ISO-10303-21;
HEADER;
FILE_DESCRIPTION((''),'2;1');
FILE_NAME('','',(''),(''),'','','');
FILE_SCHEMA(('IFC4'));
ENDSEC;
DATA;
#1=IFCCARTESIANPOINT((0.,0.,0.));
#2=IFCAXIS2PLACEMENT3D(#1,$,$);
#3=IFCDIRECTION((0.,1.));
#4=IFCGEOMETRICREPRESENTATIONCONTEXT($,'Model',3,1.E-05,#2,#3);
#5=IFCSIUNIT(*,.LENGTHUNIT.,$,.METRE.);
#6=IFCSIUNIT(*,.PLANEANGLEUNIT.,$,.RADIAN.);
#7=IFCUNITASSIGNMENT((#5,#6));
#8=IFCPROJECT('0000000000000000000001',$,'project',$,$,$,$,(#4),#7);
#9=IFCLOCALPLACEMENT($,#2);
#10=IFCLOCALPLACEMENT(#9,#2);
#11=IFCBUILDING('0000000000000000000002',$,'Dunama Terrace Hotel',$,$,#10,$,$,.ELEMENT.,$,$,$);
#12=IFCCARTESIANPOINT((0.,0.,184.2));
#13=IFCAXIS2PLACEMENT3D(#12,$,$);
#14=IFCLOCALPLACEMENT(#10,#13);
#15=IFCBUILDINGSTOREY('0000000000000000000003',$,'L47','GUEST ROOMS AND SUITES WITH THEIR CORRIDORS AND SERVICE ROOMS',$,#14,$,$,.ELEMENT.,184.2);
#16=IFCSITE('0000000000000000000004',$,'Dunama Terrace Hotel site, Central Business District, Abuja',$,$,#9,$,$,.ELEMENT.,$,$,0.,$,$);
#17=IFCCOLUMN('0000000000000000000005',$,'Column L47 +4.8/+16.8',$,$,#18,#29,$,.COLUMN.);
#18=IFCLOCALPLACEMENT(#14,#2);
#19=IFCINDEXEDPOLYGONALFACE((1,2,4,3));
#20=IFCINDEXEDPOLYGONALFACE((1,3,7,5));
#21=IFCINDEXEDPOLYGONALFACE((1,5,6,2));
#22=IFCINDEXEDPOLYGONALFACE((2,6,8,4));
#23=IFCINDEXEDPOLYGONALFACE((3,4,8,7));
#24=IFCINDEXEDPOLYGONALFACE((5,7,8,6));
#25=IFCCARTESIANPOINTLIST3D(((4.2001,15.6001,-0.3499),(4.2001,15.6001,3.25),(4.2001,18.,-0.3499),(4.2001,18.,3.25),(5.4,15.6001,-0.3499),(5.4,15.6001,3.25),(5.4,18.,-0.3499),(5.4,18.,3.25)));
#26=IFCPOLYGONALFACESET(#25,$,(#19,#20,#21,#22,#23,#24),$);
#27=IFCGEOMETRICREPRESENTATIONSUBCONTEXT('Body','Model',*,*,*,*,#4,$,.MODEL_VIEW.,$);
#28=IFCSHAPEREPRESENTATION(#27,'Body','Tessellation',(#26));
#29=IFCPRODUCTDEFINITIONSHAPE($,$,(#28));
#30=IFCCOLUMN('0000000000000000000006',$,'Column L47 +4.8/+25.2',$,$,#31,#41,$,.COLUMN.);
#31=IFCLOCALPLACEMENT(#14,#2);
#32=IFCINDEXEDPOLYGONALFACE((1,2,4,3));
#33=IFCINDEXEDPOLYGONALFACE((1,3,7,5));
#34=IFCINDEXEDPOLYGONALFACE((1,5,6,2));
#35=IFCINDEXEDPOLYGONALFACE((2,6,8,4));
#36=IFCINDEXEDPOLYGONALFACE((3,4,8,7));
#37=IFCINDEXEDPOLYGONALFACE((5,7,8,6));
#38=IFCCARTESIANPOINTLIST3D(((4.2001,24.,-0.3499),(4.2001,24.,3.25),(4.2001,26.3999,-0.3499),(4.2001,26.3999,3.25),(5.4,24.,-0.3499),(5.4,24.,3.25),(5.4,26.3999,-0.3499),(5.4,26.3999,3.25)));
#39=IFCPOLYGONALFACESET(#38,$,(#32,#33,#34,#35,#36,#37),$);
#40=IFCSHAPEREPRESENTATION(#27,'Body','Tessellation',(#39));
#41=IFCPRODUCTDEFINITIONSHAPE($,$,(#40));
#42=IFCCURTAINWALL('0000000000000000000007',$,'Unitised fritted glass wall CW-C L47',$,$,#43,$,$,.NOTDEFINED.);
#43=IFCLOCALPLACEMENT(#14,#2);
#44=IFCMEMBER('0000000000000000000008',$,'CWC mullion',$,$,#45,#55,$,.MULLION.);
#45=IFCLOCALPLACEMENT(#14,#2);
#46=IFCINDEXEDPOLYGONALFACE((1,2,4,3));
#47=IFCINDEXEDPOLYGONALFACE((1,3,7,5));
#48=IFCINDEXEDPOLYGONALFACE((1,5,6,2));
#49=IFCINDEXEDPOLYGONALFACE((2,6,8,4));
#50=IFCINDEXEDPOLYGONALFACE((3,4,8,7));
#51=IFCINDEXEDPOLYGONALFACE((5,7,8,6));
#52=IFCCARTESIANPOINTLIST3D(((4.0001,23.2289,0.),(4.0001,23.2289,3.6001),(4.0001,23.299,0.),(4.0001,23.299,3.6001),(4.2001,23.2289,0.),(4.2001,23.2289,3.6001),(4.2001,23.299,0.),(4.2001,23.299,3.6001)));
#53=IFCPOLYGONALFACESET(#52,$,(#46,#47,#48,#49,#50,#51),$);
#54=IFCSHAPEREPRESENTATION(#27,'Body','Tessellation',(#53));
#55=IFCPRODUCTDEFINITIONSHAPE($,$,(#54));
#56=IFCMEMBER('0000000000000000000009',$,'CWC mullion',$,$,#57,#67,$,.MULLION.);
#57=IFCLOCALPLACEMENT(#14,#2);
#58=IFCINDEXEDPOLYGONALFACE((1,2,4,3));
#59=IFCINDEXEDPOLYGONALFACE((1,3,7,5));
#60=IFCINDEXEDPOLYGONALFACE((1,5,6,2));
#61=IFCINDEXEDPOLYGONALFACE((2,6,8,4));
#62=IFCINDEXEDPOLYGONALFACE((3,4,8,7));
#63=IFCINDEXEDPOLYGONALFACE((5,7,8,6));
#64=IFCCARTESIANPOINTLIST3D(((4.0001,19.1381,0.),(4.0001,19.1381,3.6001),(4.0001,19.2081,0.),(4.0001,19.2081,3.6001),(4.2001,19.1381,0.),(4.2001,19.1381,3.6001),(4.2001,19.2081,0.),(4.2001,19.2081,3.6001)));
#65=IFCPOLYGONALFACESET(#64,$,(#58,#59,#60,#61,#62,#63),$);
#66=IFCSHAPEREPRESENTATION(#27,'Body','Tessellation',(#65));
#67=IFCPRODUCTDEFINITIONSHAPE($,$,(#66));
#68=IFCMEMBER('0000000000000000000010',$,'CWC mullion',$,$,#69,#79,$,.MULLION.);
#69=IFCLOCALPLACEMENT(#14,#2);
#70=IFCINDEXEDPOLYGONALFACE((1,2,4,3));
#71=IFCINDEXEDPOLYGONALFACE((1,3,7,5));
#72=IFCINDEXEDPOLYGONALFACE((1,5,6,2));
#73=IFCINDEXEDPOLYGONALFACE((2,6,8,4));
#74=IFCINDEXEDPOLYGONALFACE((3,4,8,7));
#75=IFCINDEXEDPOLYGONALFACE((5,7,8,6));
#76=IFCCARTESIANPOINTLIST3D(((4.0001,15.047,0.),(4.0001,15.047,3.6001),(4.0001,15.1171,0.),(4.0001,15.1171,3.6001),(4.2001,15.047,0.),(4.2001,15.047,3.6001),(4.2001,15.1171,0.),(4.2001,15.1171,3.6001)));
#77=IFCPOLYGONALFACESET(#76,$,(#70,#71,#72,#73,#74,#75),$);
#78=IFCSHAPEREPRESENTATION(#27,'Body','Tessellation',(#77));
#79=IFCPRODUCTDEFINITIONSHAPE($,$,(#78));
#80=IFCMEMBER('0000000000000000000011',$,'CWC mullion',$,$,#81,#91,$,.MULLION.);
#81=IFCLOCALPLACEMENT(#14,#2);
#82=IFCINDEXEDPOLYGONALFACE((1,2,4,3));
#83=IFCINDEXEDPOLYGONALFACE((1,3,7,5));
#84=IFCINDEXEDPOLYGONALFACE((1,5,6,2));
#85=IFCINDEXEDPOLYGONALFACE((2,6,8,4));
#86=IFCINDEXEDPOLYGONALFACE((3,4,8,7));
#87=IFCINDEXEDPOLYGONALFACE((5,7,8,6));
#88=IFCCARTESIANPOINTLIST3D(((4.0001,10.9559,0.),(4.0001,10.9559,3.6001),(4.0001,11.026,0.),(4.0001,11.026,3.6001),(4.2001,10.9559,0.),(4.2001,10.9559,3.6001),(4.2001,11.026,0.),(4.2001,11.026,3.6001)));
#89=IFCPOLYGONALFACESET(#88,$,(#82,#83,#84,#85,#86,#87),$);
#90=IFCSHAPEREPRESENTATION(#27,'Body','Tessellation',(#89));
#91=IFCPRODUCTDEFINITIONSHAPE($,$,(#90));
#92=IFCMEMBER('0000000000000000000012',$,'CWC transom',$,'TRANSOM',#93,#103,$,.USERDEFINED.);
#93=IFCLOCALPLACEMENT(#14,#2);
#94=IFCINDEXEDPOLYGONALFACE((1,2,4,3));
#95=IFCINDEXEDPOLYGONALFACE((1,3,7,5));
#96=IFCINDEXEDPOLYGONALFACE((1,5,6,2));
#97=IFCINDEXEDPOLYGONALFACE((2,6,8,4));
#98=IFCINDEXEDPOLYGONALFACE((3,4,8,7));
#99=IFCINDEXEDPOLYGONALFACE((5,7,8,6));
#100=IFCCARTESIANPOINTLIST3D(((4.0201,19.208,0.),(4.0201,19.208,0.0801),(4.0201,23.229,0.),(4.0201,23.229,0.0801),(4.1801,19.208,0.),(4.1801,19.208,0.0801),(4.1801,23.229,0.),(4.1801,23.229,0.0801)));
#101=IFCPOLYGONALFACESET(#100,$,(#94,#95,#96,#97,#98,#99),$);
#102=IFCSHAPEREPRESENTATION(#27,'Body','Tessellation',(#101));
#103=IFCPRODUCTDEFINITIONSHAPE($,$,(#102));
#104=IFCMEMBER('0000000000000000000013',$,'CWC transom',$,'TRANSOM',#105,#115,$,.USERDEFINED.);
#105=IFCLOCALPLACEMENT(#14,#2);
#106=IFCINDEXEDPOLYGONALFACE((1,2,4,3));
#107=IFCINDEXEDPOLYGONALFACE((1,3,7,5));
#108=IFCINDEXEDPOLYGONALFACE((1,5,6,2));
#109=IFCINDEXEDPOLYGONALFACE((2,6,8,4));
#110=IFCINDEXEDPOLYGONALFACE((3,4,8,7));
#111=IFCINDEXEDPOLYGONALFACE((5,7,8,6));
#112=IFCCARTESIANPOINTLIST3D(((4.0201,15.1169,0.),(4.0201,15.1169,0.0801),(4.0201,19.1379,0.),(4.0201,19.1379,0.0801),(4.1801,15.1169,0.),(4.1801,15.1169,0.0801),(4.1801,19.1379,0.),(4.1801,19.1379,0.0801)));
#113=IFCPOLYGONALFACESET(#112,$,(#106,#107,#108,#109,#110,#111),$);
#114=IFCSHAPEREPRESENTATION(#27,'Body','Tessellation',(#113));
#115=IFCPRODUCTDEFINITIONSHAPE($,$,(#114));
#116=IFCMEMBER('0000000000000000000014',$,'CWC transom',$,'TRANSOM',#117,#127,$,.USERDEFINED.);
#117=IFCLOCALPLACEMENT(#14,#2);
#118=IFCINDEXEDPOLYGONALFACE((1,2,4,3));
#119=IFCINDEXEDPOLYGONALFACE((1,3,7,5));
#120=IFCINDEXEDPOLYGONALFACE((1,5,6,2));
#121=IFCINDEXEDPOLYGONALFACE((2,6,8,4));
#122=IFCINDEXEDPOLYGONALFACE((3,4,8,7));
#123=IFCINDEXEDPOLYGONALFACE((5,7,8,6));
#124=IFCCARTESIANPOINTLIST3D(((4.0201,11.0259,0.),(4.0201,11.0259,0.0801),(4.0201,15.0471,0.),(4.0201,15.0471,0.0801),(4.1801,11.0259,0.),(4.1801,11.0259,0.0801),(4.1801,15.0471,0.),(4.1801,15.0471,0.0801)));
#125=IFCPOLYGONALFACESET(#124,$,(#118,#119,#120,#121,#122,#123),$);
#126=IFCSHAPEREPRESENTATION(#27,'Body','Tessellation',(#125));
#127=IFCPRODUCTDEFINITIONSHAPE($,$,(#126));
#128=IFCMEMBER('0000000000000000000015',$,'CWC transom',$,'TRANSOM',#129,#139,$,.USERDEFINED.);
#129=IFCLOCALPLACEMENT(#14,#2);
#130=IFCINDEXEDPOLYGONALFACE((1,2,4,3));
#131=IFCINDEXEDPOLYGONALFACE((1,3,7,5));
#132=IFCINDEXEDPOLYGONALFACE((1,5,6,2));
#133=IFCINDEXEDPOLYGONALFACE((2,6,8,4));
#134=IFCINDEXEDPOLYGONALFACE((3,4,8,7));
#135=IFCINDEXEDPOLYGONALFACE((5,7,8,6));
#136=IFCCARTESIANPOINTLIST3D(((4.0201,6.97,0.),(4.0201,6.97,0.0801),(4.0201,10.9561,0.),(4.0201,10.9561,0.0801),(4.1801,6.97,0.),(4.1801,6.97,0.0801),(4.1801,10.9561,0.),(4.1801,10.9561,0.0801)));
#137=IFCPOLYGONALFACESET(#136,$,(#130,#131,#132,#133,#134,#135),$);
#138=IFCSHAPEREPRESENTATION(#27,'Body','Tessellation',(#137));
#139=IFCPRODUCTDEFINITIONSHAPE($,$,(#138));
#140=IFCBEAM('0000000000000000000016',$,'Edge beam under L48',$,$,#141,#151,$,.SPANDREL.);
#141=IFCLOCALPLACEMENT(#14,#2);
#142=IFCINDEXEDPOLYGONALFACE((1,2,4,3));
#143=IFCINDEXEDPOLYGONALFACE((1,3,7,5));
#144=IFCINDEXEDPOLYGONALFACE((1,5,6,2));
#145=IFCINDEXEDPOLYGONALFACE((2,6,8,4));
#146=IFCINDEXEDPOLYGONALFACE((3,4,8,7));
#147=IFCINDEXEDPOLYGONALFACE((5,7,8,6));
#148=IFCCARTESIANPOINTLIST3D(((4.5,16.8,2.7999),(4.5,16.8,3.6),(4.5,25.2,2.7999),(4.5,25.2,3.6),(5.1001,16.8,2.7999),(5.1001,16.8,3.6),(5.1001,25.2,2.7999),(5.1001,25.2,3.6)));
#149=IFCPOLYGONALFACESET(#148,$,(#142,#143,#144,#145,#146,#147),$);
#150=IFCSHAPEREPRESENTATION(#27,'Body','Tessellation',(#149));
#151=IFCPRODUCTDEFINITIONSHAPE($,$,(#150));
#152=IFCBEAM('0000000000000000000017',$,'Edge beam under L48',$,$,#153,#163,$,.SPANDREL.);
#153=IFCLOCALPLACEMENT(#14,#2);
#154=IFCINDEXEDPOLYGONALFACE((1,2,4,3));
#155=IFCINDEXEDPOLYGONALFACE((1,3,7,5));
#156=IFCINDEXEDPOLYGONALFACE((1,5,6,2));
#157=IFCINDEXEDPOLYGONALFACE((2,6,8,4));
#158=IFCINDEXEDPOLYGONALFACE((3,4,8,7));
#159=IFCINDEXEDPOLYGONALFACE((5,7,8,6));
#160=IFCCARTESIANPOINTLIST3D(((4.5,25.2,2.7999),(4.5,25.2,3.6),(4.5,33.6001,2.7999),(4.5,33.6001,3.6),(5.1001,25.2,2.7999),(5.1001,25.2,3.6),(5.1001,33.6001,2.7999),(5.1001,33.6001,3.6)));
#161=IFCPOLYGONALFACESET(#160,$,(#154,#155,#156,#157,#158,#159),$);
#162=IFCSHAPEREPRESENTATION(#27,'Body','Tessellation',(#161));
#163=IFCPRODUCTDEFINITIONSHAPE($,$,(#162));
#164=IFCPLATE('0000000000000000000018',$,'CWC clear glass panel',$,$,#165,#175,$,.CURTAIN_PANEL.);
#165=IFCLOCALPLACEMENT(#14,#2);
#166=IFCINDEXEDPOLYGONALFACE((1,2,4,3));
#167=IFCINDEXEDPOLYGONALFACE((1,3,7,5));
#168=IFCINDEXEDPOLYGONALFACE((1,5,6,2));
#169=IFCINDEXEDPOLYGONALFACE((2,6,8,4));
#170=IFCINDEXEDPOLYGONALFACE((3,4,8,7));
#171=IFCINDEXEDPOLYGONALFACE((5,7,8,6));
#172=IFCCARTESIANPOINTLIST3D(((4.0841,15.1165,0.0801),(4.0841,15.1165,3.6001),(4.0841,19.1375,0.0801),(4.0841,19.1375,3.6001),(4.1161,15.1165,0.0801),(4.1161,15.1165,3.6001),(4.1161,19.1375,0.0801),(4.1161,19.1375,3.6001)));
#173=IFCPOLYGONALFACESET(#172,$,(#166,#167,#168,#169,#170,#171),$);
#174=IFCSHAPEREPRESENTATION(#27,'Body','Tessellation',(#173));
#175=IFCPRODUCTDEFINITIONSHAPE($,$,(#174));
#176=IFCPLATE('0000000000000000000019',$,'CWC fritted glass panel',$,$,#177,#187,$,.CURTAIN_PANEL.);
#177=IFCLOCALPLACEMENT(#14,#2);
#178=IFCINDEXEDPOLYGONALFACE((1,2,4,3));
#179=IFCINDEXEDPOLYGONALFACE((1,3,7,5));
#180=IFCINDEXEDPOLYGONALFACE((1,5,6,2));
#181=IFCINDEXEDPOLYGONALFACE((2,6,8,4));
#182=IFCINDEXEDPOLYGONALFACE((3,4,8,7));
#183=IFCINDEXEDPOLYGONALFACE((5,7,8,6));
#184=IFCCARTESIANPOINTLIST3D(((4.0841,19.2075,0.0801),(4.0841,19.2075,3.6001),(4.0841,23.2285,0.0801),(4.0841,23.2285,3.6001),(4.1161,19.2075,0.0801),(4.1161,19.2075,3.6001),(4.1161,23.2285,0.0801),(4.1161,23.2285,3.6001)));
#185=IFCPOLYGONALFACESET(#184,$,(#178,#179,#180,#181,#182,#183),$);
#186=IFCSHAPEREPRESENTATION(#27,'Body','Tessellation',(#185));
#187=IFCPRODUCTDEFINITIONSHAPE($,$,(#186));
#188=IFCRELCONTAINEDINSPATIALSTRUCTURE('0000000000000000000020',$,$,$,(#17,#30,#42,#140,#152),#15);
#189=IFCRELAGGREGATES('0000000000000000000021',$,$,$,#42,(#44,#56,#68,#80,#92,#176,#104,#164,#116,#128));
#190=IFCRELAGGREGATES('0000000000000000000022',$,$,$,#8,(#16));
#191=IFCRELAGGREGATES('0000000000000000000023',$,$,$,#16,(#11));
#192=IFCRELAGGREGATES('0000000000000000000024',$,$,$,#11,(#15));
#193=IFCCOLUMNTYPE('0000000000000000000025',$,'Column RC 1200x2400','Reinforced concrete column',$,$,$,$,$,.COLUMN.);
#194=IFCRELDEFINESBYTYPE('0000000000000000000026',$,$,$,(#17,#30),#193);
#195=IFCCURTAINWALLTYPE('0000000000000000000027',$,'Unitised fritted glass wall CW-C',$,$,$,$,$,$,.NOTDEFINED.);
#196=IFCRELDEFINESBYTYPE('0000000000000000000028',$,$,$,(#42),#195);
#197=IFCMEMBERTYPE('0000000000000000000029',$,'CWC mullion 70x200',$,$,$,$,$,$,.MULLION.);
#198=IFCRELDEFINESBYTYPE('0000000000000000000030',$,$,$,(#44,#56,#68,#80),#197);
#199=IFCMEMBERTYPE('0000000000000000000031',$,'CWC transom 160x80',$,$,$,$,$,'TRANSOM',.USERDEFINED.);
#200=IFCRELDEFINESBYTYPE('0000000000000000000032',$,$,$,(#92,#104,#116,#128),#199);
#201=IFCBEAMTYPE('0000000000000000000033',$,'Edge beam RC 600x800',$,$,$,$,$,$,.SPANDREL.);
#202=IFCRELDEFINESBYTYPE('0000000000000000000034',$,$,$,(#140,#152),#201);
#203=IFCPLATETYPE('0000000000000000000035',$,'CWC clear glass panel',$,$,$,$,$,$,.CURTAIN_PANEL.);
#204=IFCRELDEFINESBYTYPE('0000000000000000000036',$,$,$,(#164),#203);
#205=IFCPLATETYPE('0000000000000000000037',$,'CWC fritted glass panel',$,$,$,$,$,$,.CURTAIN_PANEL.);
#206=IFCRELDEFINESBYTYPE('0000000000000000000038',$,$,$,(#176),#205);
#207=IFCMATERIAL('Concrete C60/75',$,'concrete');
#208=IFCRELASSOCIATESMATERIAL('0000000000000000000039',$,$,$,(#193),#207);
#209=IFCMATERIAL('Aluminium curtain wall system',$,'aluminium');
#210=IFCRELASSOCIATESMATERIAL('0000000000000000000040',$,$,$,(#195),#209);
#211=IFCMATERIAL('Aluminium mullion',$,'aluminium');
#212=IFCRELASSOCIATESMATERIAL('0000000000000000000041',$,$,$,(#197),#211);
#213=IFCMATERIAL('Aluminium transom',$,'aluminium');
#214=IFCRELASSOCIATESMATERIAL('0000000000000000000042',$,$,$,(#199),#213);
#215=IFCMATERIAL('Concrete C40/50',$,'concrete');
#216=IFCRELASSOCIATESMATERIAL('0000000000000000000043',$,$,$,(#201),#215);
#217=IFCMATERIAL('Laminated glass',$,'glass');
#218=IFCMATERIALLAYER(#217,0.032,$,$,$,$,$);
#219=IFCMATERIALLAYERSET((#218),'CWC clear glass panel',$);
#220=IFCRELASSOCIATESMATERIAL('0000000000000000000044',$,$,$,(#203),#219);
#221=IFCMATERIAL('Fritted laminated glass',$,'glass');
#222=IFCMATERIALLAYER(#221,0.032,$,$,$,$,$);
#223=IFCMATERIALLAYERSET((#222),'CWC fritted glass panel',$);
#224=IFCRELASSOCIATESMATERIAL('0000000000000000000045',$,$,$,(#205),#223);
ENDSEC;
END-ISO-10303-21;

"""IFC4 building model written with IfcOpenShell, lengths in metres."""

from ifc_helpers import new_model, si_unit, direction, frame, origin, origin_2d, place, context, subcontext, project, spatial, rectangle, extrude, material, layer, layer_set, material_profile, profile_set, type_object, element, aggregate, save


model = new_model("IFC4")

# Units and contexts
model_context = context("Model", 3, precision=1e-05, world=origin(), true_north=direction((0.0, 1.0)))
body_context = subcontext(model_context, "Body", "Model", "MODEL_VIEW")
ifc_project = project(units=[si_unit("LENGTHUNIT", "METRE"), si_unit("PLANEANGLEUNIT", "RADIAN")], contexts=[model_context])

# Site, building, storey
site_placement = place(None, origin())
site = spatial("IfcSite", under=ifc_project, at=site_placement, Name="Dunama Terrace Hotel site, Central Business District, Abuja", CompositionType="ELEMENT", RefElevation=0.0)
building_placement = place(site_placement, origin())
building = spatial("IfcBuilding", under=site, at=building_placement, Name="Dunama Terrace Hotel", CompositionType="ELEMENT")
storey_placement = place(building_placement, frame((0.0, 0.0, 184.2)))
storey = spatial("IfcBuildingStorey", under=building, at=storey_placement, Name="L47", Description="GUEST ROOMS AND SUITES WITH THEIR CORRIDORS AND SERVICE ROOMS", CompositionType="ELEMENT", Elevation=184.2)

# Columns
ifc_material_1 = material(Name="Concrete C60/75", Category="concrete")
ifc_material_profile_1 = material_profile(ifc_material_1, rectangle(XDim=1.2, YDim=2.3999, at=origin_2d()), Name="RC 1200x2400")
ifc_profile_set_1 = profile_set([ifc_material_profile_1], Name="Concrete C60/75")
column_type = type_object("IfcColumnType", Name="Column RC 1200x2400", Description="Reinforced concrete column", PredefinedType="COLUMN", material=ifc_profile_set_1)
for number, where, z_axis, x_axis, name in (
    (1, (4.8, 16.8, -0.3499), (0.0, 0.0, 1.0), (1.0, 0.0, 0.0), "Column L47 +4.8/+16.8"),
    (2, (4.8, 25.2, -0.3499), (0.0, 0.0, 1.0), (1.0, 0.0, 0.0), "Column L47 +4.8/+25.2"),
):
    element("IfcColumn", number, at=place(storey_placement, frame(where, z_axis=z_axis, x_axis=x_axis)), inside=storey, type_object=column_type, Name=name, PredefinedType="COLUMN", context=body_context, shape_type="SweptSolid", body=[
        extrude(rectangle(XDim=1.2, YDim=2.3999, at=origin_2d()), origin(), (0.0, 0.0, 1.0), 3.5999),
    ])

# Curtain wall, members
ifc_material_2 = material(Name="Aluminium curtain wall system", Category="aluminium")
curtain_wall_type = type_object("IfcCurtainWallType", Name="Unitised fritted glass wall CW-C", PredefinedType="NOTDEFINED", material=ifc_material_2)
curtain_wall_placement = place(storey_placement, origin())
curtain_wall = element("IfcCurtainWall", 3, at=curtain_wall_placement, inside=storey, type_object=curtain_wall_type, Name="Unitised fritted glass wall CW-C L47", PredefinedType="NOTDEFINED")
ifc_material_3 = material(Name="Aluminium mullion", Category="aluminium")
ifc_material_profile_2 = material_profile(ifc_material_3, rectangle(XDim=0.0701, YDim=0.2, at=origin_2d()), Name="CWC MULLION 70X200")
ifc_profile_set_2 = profile_set([ifc_material_profile_2], Name="Aluminium mullion")
member_type_1 = type_object("IfcMemberType", Name="CWC mullion 70x200", PredefinedType="MULLION", material=ifc_profile_set_2)
member_1_placement = place(storey_placement, frame((4.1001, 23.2639, 0.0), z_axis=(0.0, 0.0, 1.0), x_axis=(0.0, -1.0, 0.0)))
member_1 = element("IfcMember", 4, at=member_1_placement, type_object=member_type_1, Name="CWC mullion", PredefinedType="MULLION", context=body_context, shape_type="SweptSolid", body=[
    extrude(rectangle(XDim=0.0701, YDim=0.2, at=origin_2d()), origin(), (0.0, 0.0, 1.0), 3.6001),
])
member_2_placement = place(storey_placement, frame((4.1001, 19.1731, 0.0), z_axis=(0.0, 0.0, 1.0), x_axis=(0.0, -1.0, 0.0)))
member_2 = element("IfcMember", 5, at=member_2_placement, type_object=member_type_1, Name="CWC mullion", PredefinedType="MULLION", context=body_context, shape_type="SweptSolid", body=[
    extrude(rectangle(XDim=0.0701, YDim=0.2, at=origin_2d()), origin(), (0.0, 0.0, 1.0), 3.6001),
])
member_3_placement = place(storey_placement, frame((4.1001, 15.082, 0.0), z_axis=(0.0, 0.0, 1.0), x_axis=(0.0, -1.0, 0.0)))
member_3 = element("IfcMember", 6, at=member_3_placement, type_object=member_type_1, Name="CWC mullion", PredefinedType="MULLION", context=body_context, shape_type="SweptSolid", body=[
    extrude(rectangle(XDim=0.0701, YDim=0.2, at=origin_2d()), origin(), (0.0, 0.0, 1.0), 3.6001),
])
member_4_placement = place(storey_placement, frame((4.1001, 10.991, 0.0), z_axis=(0.0, 0.0, 1.0), x_axis=(0.0, -1.0, 0.0)))
member_4 = element("IfcMember", 7, at=member_4_placement, type_object=member_type_1, Name="CWC mullion", PredefinedType="MULLION", context=body_context, shape_type="SweptSolid", body=[
    extrude(rectangle(XDim=0.0701, YDim=0.2, at=origin_2d()), origin(), (0.0, 0.0, 1.0), 3.6001),
])
ifc_material_4 = material(Name="Aluminium transom", Category="aluminium")
ifc_material_profile_3 = material_profile(ifc_material_4, rectangle(XDim=0.1599, YDim=0.0801, at=origin_2d()), Name="CWC TRANSOM 160X80")
ifc_profile_set_3 = profile_set([ifc_material_profile_3], Name="Aluminium transom")
member_type_2 = type_object("IfcMemberType", Name="CWC transom 160x80", ElementType="TRANSOM", PredefinedType="USERDEFINED", material=ifc_profile_set_3)
member_5_placement = place(storey_placement, frame((4.1001, 23.229, 0.04), z_axis=(0.0, -1.0, 0.0), x_axis=(1.0, 0.0, 0.0)))
member_5 = element("IfcMember", 8, at=member_5_placement, type_object=member_type_2, Name="CWC transom", ObjectType="TRANSOM", PredefinedType="USERDEFINED", context=body_context, shape_type="SweptSolid", body=[
    extrude(rectangle(XDim=0.1599, YDim=0.0801, at=origin_2d()), origin(), (0.0, 0.0, 1.0), 4.021),
])
member_6_placement = place(storey_placement, frame((4.1001, 19.1379, 0.04), z_axis=(0.0, -1.0, 0.0), x_axis=(1.0, 0.0, 0.0)))
member_6 = element("IfcMember", 9, at=member_6_placement, type_object=member_type_2, Name="CWC transom", ObjectType="TRANSOM", PredefinedType="USERDEFINED", context=body_context, shape_type="SweptSolid", body=[
    extrude(rectangle(XDim=0.1599, YDim=0.0801, at=origin_2d()), origin(), (0.0, 0.0, 1.0), 4.021),
])
member_7_placement = place(storey_placement, frame((4.1001, 15.0471, 0.04), z_axis=(0.0, -1.0, 0.0), x_axis=(1.0, 0.0, 0.0)))
member_7 = element("IfcMember", 10, at=member_7_placement, type_object=member_type_2, Name="CWC transom", ObjectType="TRANSOM", PredefinedType="USERDEFINED", context=body_context, shape_type="SweptSolid", body=[
    extrude(rectangle(XDim=0.1599, YDim=0.0801, at=origin_2d()), origin(), (0.0, 0.0, 1.0), 4.0212),
])
member_8_placement = place(storey_placement, frame((4.1001, 10.9561, 0.04), z_axis=(0.0, -1.0, 0.0), x_axis=(1.0, 0.0, 0.0)))
member_8 = element("IfcMember", 11, at=member_8_placement, type_object=member_type_2, Name="CWC transom", ObjectType="TRANSOM", PredefinedType="USERDEFINED", context=body_context, shape_type="SweptSolid", body=[
    extrude(rectangle(XDim=0.1599, YDim=0.0801, at=origin_2d()), origin(), (0.0, 0.0, 1.0), 3.9861),
])

# Beams
ifc_material_5 = material(Name="Concrete C40/50", Category="concrete")
ifc_material_profile_4 = material_profile(ifc_material_5, rectangle(XDim=0.6001, YDim=0.8, at=origin_2d()), Name="RC 600x800")
ifc_profile_set_4 = profile_set([ifc_material_profile_4], Name="Concrete C40/50")
beam_type = type_object("IfcBeamType", Name="Edge beam RC 600x800", PredefinedType="SPANDREL", material=ifc_profile_set_4)
beam_1_placement = place(storey_placement, frame((4.8, 16.8, 3.2), z_axis=(0.0, 1.0, 0.0), x_axis=(-1.0, 0.0, 0.0)))
element("IfcBeam", 12, at=beam_1_placement, inside=storey, type_object=beam_type, Name="Edge beam under L48", PredefinedType="SPANDREL", context=body_context, shape_type="SweptSolid", body=[
    extrude(rectangle(XDim=0.6001, YDim=0.8, at=origin_2d()), origin(), (0.0, 0.0, 1.0), 8.3999),
])
beam_2_placement = place(storey_placement, frame((4.8, 25.2, 3.2), z_axis=(0.0, 1.0, 0.0), x_axis=(-1.0, 0.0, 0.0)))
element("IfcBeam", 13, at=beam_2_placement, inside=storey, type_object=beam_type, Name="Edge beam under L48", PredefinedType="SPANDREL", context=body_context, shape_type="SweptSolid", body=[
    extrude(rectangle(XDim=0.6001, YDim=0.8, at=origin_2d()), origin(), (0.0, 0.0, 1.0), 8.4001),
])

# Plates
ifc_material_6 = material(Name="Laminated glass", Category="glass")
ifc_layer_1 = layer(ifc_material_6, 0.032)
ifc_layer_set_1 = layer_set([ifc_layer_1], Name="CWC clear glass panel")
plate_type_1 = type_object("IfcPlateType", Name="CWC clear glass panel", PredefinedType="CURTAIN_PANEL", material=ifc_layer_set_1)
plate_1_placement = place(storey_placement, frame((4.1001, 17.127, 0.0801), z_axis=(0.0, 0.0, 1.0), x_axis=(0.0, -1.0, 0.0)))
plate_1 = element("IfcPlate", 14, at=plate_1_placement, type_object=plate_type_1, Name="CWC clear glass panel", PredefinedType="CURTAIN_PANEL", context=body_context, shape_type="SweptSolid", body=[
    extrude(rectangle(XDim=4.021, YDim=0.032, at=origin_2d()), origin(), (0.0, 0.0, 1.0), 3.52),
])
ifc_material_7 = material(Name="Fritted laminated glass", Category="glass")
ifc_layer_2 = layer(ifc_material_7, 0.032)
ifc_layer_set_2 = layer_set([ifc_layer_2], Name="CWC fritted glass panel")
plate_type_2 = type_object("IfcPlateType", Name="CWC fritted glass panel", PredefinedType="CURTAIN_PANEL", material=ifc_layer_set_2)
plate_2_placement = place(storey_placement, frame((4.1001, 21.218, 0.0801), z_axis=(0.0, 0.0, 1.0), x_axis=(0.0, -1.0, 0.0)))
plate_2 = element("IfcPlate", 15, at=plate_2_placement, type_object=plate_type_2, Name="CWC fritted glass panel", PredefinedType="CURTAIN_PANEL", context=body_context, shape_type="SweptSolid", body=[
    extrude(rectangle(XDim=4.021, YDim=0.032, at=origin_2d()), origin(), (0.0, 0.0, 1.0), 3.52),
])
aggregate(curtain_wall, [member_1, member_2, member_3, member_4, member_5, plate_2, member_6, plate_1, member_7, member_8])

save(model, "model.ifc")
